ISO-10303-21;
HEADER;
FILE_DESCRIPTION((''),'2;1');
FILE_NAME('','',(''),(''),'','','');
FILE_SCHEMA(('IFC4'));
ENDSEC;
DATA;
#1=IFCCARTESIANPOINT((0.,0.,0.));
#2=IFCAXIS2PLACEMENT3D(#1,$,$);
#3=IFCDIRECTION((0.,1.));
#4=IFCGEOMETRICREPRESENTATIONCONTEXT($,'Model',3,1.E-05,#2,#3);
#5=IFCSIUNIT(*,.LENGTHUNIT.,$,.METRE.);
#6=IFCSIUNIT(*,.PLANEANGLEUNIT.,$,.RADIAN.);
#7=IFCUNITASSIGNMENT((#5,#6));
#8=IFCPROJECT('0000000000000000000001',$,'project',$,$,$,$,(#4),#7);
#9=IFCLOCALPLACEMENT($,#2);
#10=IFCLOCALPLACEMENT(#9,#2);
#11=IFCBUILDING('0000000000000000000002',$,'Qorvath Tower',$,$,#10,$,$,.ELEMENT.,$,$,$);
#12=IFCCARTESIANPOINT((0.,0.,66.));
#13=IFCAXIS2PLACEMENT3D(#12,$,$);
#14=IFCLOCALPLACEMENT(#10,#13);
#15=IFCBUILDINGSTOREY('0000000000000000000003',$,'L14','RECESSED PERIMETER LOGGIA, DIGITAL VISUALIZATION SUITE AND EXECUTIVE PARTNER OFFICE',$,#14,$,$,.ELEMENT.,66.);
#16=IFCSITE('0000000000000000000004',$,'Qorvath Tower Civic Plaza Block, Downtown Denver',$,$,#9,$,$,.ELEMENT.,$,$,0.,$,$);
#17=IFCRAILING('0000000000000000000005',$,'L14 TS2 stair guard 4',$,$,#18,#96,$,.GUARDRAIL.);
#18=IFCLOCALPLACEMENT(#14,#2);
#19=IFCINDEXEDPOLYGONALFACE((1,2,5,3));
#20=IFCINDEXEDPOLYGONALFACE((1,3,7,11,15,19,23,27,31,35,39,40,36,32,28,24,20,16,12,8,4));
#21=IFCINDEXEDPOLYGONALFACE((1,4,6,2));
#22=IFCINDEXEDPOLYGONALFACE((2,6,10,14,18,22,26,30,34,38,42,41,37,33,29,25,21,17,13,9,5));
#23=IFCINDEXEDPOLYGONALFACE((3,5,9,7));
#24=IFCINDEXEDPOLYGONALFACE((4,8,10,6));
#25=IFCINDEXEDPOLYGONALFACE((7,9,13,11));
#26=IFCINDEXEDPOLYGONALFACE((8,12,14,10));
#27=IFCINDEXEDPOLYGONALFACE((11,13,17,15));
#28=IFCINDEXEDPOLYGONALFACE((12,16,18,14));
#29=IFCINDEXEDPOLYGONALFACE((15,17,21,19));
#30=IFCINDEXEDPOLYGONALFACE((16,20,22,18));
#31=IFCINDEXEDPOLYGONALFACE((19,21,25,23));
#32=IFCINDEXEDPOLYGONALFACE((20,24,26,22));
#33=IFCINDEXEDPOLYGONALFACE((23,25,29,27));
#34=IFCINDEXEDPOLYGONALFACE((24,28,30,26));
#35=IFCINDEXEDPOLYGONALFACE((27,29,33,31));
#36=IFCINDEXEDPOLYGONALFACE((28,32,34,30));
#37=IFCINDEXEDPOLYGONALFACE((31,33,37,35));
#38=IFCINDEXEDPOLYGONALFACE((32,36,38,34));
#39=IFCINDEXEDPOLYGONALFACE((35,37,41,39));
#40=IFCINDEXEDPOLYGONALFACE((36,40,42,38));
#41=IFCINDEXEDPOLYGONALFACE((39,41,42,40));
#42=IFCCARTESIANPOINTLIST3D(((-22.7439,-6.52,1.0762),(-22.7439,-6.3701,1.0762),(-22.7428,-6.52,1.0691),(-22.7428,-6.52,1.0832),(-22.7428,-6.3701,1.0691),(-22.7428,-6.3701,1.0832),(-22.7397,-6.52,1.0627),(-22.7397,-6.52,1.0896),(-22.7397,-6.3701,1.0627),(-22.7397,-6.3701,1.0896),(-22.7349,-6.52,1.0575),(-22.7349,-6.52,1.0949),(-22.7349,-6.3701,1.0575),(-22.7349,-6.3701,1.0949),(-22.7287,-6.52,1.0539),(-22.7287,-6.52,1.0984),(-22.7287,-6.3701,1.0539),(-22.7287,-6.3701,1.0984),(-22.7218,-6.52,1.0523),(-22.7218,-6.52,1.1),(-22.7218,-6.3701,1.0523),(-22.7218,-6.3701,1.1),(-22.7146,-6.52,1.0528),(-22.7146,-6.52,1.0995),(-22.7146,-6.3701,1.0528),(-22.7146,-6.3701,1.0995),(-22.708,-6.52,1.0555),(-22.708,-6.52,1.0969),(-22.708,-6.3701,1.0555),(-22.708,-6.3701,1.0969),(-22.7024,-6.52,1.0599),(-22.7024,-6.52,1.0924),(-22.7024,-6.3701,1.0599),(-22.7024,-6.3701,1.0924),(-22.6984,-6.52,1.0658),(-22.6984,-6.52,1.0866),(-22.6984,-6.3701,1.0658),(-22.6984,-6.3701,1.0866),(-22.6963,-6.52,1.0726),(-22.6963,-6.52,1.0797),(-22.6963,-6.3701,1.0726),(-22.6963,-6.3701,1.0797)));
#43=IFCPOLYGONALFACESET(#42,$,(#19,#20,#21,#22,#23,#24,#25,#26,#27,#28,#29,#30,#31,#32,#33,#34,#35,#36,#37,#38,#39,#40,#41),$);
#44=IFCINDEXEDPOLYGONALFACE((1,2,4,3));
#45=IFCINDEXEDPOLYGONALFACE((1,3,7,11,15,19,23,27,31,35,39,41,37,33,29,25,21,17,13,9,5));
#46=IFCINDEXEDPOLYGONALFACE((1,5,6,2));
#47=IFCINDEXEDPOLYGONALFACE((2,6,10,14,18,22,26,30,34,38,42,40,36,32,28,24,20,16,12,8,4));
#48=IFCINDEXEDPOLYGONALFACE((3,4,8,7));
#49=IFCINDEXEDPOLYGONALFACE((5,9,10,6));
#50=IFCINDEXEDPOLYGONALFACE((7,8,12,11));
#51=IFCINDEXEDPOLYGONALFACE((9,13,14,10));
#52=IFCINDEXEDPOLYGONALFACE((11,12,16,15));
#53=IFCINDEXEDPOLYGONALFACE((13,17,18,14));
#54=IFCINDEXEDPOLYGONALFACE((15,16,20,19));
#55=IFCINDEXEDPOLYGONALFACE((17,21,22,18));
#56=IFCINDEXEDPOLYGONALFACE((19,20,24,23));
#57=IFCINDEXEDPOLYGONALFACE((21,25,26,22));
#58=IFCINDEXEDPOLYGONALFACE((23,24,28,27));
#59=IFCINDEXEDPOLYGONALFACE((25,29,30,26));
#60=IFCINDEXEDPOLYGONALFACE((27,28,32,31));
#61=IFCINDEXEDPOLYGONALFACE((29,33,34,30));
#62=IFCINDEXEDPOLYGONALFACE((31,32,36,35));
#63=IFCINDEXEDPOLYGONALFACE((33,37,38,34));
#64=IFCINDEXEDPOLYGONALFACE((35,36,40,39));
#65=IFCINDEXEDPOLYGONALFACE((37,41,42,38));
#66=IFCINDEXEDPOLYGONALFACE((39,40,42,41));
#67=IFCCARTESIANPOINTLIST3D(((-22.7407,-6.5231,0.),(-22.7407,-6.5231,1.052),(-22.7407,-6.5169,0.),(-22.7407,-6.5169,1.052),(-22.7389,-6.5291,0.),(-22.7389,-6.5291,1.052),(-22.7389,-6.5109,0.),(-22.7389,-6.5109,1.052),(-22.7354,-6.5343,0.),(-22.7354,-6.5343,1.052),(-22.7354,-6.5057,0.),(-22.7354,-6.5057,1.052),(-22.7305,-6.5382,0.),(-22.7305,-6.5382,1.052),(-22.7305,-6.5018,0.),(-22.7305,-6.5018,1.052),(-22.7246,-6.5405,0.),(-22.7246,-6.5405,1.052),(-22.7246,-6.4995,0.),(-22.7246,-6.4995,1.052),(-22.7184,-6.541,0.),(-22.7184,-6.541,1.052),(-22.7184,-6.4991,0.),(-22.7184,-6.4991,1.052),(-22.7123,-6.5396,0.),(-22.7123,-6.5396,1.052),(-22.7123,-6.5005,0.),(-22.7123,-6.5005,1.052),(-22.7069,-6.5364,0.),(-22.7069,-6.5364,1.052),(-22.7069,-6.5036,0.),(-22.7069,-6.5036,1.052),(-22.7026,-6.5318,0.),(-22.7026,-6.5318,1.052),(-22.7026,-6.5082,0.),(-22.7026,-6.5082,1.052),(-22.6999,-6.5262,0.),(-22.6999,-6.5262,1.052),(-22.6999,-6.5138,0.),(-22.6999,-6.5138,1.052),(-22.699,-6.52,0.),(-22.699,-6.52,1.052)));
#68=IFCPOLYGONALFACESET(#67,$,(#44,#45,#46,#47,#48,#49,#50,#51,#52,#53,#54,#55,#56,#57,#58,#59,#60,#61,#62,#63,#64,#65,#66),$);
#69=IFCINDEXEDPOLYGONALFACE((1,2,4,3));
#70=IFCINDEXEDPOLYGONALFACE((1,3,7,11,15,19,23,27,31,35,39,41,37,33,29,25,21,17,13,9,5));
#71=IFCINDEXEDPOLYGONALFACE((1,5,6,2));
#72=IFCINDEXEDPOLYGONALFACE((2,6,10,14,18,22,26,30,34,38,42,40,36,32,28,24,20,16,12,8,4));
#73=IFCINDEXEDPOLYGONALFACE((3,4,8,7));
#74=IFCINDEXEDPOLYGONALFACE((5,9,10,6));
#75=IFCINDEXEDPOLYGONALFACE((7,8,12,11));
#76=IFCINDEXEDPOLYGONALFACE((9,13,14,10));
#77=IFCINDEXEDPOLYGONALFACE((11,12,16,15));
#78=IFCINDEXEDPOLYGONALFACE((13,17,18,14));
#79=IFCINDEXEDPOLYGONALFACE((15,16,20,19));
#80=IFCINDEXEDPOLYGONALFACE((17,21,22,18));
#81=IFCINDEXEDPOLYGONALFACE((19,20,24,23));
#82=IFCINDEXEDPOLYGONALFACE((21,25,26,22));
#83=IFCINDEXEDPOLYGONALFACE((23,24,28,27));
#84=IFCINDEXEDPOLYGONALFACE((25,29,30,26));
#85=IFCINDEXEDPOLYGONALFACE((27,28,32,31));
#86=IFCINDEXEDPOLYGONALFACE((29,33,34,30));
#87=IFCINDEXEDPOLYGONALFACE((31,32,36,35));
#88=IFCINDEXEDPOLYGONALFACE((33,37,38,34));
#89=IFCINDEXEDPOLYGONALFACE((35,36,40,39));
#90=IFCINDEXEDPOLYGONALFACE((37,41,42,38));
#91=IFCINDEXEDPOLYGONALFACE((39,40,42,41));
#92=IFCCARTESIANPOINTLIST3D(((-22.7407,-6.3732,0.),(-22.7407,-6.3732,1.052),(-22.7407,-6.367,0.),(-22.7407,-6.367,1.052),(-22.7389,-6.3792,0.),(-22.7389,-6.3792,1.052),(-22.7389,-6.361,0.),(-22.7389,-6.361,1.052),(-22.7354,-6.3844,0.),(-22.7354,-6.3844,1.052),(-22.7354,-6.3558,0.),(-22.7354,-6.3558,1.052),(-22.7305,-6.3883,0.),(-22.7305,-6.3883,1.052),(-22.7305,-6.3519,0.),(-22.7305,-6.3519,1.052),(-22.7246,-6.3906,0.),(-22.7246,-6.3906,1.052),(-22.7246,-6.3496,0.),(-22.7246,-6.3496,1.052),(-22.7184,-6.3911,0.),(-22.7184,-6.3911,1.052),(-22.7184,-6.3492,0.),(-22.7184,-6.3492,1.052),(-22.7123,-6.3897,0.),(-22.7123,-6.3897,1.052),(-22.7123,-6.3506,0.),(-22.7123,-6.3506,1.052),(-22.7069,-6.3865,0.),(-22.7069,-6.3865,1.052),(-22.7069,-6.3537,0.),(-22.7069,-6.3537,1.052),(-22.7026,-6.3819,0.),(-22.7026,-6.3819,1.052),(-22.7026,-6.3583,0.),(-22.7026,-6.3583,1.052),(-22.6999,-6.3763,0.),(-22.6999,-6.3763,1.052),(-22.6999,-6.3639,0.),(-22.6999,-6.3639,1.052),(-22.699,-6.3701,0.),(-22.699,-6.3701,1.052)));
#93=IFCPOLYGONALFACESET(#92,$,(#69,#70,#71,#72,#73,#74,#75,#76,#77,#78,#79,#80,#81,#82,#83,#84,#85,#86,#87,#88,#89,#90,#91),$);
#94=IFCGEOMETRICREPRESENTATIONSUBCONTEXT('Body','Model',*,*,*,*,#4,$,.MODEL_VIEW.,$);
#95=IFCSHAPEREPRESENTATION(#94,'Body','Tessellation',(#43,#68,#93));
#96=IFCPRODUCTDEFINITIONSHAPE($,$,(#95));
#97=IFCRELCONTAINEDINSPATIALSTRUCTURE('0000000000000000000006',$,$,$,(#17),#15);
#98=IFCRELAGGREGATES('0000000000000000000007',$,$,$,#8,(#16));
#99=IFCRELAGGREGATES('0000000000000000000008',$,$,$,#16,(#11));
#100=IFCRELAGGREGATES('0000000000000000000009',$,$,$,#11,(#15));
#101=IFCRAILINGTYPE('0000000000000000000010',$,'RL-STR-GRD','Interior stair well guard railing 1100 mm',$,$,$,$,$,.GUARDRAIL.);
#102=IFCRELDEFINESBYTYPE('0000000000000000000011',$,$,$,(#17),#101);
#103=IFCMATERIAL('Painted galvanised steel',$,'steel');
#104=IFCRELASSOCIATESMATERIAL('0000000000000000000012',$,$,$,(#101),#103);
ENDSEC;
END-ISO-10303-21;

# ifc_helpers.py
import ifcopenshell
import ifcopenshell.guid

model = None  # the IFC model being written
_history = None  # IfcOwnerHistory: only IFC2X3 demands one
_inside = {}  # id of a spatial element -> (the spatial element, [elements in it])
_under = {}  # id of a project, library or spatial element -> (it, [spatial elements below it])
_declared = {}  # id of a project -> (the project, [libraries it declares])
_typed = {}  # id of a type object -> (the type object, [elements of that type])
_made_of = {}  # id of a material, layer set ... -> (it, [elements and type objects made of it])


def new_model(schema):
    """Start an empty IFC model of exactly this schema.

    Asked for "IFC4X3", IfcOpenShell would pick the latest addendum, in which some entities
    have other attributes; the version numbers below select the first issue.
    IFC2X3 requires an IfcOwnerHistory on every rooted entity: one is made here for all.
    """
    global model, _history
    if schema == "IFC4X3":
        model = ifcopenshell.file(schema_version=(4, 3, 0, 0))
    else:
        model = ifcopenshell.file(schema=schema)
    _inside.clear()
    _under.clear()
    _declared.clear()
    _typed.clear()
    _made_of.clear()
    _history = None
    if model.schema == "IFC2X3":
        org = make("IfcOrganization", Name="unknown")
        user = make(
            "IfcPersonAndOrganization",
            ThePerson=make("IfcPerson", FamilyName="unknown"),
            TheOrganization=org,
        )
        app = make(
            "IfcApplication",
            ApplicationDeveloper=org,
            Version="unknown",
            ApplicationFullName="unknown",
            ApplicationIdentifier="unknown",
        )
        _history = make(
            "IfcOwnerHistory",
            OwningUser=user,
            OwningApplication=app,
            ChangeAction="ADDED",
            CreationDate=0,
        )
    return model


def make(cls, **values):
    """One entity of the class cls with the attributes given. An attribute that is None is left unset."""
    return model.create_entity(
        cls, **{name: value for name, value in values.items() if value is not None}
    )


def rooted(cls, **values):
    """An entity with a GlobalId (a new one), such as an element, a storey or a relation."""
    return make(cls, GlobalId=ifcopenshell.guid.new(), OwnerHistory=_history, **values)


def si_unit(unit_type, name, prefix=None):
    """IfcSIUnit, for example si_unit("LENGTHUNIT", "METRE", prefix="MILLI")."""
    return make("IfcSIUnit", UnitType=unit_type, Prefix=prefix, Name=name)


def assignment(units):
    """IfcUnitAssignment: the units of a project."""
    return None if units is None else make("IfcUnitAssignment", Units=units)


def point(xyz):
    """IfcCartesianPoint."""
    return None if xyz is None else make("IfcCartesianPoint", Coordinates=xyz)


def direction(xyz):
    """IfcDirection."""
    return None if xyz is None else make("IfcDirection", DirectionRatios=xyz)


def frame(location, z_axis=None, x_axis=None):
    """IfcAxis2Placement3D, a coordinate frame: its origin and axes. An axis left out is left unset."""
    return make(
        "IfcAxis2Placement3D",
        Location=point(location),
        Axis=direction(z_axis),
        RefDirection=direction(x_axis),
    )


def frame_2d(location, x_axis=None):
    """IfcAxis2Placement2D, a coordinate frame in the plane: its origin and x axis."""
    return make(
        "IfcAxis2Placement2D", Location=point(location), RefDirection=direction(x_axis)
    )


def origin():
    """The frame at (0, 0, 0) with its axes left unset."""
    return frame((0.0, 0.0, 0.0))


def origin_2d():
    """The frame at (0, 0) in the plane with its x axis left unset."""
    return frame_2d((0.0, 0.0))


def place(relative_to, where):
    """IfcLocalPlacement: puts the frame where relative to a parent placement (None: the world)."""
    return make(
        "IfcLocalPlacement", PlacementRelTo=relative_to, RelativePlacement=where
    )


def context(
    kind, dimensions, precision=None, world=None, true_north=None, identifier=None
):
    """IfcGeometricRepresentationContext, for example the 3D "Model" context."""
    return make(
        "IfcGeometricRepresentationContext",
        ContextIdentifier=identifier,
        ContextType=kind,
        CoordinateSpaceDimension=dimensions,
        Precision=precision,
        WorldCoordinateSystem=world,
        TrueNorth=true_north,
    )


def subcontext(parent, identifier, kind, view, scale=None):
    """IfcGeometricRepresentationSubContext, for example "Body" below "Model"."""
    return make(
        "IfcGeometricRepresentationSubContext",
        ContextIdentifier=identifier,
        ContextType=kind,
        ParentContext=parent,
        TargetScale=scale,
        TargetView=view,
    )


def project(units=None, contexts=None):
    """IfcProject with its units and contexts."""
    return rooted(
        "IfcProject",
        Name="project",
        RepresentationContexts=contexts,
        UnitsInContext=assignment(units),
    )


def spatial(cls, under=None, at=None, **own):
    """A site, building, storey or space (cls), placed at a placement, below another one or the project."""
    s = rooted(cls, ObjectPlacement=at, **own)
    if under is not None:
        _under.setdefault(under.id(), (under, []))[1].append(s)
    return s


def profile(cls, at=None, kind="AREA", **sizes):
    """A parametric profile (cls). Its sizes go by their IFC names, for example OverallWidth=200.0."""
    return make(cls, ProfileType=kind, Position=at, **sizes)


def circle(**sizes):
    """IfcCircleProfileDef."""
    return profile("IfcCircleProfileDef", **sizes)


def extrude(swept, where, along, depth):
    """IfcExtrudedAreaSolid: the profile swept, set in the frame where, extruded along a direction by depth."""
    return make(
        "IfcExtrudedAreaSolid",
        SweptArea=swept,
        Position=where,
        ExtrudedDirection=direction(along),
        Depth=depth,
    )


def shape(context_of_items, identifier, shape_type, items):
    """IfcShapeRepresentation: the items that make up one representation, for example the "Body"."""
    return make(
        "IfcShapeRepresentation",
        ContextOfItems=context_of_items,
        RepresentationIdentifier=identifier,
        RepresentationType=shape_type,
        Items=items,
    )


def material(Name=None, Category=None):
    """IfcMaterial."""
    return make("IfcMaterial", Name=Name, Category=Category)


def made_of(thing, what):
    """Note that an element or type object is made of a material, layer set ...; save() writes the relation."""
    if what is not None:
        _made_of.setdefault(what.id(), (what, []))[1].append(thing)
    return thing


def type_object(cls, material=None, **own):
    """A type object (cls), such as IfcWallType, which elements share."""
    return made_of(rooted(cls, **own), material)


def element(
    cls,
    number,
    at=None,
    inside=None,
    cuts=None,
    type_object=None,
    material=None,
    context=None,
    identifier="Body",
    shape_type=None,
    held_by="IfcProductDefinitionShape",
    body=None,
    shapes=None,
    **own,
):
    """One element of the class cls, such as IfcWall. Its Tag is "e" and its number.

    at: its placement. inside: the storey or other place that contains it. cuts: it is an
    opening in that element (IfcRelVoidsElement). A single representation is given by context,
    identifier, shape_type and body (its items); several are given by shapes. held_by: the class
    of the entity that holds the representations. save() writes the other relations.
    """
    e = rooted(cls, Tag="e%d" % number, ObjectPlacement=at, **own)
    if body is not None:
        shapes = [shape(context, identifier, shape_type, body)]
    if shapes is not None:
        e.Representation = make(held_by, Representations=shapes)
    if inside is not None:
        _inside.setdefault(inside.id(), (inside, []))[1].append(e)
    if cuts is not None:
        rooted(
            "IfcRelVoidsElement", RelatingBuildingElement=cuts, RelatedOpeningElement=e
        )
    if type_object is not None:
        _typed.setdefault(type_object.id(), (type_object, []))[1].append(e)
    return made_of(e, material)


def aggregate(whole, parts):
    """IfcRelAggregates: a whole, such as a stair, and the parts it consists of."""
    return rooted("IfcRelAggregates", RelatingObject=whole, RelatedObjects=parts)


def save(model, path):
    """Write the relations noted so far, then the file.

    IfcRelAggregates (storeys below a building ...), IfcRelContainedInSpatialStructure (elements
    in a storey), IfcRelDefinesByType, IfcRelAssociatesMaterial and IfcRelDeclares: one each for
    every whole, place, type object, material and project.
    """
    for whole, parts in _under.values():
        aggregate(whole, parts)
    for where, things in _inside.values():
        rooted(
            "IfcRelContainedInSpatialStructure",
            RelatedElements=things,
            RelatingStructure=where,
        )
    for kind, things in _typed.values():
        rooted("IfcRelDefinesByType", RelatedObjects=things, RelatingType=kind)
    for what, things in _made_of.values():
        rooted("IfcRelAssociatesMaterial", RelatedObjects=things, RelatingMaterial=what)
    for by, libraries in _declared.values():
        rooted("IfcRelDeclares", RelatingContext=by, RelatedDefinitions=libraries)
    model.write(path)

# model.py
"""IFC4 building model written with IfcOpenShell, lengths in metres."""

from ifc_helpers import new_model, si_unit, direction, frame, origin, origin_2d, place, context, subcontext, project, spatial, circle, extrude, material, type_object, element, save


model = new_model("IFC4")

# Units and contexts
model_context = context("Model", 3, precision=1e-05, world=origin(), true_north=direction((0.0, 1.0)))
body_context = subcontext(model_context, "Body", "Model", "MODEL_VIEW")
ifc_project = project(units=[si_unit("LENGTHUNIT", "METRE"), si_unit("PLANEANGLEUNIT", "RADIAN")], contexts=[model_context])

# Site, building, storey
site_placement = place(None, origin())
site = spatial("IfcSite", under=ifc_project, at=site_placement, Name="Qorvath Tower Civic Plaza Block, Downtown Denver", CompositionType="ELEMENT", RefElevation=0.0)
building_placement = place(site_placement, origin())
building = spatial("IfcBuilding", under=site, at=building_placement, Name="Qorvath Tower", CompositionType="ELEMENT")
storey_placement = place(building_placement, frame((0.0, 0.0, 66.0)))
storey = spatial("IfcBuildingStorey", under=building, at=storey_placement, Name="L14", Description="RECESSED PERIMETER LOGGIA, DIGITAL VISUALIZATION SUITE AND EXECUTIVE PARTNER OFFICE", CompositionType="ELEMENT", Elevation=66.0)

# Railing
ifc_material_1 = material(Name="Painted galvanised steel", Category="steel")
railing_type_1 = type_object("IfcRailingType", Name="RL-STR-GRD", Description="Interior stair well guard railing 1100 mm", PredefinedType="GUARDRAIL", material=ifc_material_1)
railing_1_placement = place(storey_placement, frame((-22.72, -6.52, 0.0)))
element("IfcRailing", 1, at=railing_1_placement, inside=storey, type_object=railing_type_1, Name="L14 TS2 stair guard 4", PredefinedType="GUARDRAIL", context=body_context, shape_type="SweptSolid", body=[
    extrude(circle(Radius=0.0239, at=origin_2d()), frame((0.0, 0.0, 1.0762), z_axis=(0.0, 1.0, 0.0), x_axis=(-1.0, 0.0, 0.0)), (0.0, 0.0, 1.0), 0.1499),
    extrude(circle(Radius=0.021, at=origin_2d()), origin(), (0.0, 0.0, 1.0), 1.052),
    extrude(circle(Radius=0.021, at=origin_2d()), frame((0.0, 0.1499, 0.0)), (0.0, 0.0, 1.0), 1.052),
])

save(model, "model.ifc")
